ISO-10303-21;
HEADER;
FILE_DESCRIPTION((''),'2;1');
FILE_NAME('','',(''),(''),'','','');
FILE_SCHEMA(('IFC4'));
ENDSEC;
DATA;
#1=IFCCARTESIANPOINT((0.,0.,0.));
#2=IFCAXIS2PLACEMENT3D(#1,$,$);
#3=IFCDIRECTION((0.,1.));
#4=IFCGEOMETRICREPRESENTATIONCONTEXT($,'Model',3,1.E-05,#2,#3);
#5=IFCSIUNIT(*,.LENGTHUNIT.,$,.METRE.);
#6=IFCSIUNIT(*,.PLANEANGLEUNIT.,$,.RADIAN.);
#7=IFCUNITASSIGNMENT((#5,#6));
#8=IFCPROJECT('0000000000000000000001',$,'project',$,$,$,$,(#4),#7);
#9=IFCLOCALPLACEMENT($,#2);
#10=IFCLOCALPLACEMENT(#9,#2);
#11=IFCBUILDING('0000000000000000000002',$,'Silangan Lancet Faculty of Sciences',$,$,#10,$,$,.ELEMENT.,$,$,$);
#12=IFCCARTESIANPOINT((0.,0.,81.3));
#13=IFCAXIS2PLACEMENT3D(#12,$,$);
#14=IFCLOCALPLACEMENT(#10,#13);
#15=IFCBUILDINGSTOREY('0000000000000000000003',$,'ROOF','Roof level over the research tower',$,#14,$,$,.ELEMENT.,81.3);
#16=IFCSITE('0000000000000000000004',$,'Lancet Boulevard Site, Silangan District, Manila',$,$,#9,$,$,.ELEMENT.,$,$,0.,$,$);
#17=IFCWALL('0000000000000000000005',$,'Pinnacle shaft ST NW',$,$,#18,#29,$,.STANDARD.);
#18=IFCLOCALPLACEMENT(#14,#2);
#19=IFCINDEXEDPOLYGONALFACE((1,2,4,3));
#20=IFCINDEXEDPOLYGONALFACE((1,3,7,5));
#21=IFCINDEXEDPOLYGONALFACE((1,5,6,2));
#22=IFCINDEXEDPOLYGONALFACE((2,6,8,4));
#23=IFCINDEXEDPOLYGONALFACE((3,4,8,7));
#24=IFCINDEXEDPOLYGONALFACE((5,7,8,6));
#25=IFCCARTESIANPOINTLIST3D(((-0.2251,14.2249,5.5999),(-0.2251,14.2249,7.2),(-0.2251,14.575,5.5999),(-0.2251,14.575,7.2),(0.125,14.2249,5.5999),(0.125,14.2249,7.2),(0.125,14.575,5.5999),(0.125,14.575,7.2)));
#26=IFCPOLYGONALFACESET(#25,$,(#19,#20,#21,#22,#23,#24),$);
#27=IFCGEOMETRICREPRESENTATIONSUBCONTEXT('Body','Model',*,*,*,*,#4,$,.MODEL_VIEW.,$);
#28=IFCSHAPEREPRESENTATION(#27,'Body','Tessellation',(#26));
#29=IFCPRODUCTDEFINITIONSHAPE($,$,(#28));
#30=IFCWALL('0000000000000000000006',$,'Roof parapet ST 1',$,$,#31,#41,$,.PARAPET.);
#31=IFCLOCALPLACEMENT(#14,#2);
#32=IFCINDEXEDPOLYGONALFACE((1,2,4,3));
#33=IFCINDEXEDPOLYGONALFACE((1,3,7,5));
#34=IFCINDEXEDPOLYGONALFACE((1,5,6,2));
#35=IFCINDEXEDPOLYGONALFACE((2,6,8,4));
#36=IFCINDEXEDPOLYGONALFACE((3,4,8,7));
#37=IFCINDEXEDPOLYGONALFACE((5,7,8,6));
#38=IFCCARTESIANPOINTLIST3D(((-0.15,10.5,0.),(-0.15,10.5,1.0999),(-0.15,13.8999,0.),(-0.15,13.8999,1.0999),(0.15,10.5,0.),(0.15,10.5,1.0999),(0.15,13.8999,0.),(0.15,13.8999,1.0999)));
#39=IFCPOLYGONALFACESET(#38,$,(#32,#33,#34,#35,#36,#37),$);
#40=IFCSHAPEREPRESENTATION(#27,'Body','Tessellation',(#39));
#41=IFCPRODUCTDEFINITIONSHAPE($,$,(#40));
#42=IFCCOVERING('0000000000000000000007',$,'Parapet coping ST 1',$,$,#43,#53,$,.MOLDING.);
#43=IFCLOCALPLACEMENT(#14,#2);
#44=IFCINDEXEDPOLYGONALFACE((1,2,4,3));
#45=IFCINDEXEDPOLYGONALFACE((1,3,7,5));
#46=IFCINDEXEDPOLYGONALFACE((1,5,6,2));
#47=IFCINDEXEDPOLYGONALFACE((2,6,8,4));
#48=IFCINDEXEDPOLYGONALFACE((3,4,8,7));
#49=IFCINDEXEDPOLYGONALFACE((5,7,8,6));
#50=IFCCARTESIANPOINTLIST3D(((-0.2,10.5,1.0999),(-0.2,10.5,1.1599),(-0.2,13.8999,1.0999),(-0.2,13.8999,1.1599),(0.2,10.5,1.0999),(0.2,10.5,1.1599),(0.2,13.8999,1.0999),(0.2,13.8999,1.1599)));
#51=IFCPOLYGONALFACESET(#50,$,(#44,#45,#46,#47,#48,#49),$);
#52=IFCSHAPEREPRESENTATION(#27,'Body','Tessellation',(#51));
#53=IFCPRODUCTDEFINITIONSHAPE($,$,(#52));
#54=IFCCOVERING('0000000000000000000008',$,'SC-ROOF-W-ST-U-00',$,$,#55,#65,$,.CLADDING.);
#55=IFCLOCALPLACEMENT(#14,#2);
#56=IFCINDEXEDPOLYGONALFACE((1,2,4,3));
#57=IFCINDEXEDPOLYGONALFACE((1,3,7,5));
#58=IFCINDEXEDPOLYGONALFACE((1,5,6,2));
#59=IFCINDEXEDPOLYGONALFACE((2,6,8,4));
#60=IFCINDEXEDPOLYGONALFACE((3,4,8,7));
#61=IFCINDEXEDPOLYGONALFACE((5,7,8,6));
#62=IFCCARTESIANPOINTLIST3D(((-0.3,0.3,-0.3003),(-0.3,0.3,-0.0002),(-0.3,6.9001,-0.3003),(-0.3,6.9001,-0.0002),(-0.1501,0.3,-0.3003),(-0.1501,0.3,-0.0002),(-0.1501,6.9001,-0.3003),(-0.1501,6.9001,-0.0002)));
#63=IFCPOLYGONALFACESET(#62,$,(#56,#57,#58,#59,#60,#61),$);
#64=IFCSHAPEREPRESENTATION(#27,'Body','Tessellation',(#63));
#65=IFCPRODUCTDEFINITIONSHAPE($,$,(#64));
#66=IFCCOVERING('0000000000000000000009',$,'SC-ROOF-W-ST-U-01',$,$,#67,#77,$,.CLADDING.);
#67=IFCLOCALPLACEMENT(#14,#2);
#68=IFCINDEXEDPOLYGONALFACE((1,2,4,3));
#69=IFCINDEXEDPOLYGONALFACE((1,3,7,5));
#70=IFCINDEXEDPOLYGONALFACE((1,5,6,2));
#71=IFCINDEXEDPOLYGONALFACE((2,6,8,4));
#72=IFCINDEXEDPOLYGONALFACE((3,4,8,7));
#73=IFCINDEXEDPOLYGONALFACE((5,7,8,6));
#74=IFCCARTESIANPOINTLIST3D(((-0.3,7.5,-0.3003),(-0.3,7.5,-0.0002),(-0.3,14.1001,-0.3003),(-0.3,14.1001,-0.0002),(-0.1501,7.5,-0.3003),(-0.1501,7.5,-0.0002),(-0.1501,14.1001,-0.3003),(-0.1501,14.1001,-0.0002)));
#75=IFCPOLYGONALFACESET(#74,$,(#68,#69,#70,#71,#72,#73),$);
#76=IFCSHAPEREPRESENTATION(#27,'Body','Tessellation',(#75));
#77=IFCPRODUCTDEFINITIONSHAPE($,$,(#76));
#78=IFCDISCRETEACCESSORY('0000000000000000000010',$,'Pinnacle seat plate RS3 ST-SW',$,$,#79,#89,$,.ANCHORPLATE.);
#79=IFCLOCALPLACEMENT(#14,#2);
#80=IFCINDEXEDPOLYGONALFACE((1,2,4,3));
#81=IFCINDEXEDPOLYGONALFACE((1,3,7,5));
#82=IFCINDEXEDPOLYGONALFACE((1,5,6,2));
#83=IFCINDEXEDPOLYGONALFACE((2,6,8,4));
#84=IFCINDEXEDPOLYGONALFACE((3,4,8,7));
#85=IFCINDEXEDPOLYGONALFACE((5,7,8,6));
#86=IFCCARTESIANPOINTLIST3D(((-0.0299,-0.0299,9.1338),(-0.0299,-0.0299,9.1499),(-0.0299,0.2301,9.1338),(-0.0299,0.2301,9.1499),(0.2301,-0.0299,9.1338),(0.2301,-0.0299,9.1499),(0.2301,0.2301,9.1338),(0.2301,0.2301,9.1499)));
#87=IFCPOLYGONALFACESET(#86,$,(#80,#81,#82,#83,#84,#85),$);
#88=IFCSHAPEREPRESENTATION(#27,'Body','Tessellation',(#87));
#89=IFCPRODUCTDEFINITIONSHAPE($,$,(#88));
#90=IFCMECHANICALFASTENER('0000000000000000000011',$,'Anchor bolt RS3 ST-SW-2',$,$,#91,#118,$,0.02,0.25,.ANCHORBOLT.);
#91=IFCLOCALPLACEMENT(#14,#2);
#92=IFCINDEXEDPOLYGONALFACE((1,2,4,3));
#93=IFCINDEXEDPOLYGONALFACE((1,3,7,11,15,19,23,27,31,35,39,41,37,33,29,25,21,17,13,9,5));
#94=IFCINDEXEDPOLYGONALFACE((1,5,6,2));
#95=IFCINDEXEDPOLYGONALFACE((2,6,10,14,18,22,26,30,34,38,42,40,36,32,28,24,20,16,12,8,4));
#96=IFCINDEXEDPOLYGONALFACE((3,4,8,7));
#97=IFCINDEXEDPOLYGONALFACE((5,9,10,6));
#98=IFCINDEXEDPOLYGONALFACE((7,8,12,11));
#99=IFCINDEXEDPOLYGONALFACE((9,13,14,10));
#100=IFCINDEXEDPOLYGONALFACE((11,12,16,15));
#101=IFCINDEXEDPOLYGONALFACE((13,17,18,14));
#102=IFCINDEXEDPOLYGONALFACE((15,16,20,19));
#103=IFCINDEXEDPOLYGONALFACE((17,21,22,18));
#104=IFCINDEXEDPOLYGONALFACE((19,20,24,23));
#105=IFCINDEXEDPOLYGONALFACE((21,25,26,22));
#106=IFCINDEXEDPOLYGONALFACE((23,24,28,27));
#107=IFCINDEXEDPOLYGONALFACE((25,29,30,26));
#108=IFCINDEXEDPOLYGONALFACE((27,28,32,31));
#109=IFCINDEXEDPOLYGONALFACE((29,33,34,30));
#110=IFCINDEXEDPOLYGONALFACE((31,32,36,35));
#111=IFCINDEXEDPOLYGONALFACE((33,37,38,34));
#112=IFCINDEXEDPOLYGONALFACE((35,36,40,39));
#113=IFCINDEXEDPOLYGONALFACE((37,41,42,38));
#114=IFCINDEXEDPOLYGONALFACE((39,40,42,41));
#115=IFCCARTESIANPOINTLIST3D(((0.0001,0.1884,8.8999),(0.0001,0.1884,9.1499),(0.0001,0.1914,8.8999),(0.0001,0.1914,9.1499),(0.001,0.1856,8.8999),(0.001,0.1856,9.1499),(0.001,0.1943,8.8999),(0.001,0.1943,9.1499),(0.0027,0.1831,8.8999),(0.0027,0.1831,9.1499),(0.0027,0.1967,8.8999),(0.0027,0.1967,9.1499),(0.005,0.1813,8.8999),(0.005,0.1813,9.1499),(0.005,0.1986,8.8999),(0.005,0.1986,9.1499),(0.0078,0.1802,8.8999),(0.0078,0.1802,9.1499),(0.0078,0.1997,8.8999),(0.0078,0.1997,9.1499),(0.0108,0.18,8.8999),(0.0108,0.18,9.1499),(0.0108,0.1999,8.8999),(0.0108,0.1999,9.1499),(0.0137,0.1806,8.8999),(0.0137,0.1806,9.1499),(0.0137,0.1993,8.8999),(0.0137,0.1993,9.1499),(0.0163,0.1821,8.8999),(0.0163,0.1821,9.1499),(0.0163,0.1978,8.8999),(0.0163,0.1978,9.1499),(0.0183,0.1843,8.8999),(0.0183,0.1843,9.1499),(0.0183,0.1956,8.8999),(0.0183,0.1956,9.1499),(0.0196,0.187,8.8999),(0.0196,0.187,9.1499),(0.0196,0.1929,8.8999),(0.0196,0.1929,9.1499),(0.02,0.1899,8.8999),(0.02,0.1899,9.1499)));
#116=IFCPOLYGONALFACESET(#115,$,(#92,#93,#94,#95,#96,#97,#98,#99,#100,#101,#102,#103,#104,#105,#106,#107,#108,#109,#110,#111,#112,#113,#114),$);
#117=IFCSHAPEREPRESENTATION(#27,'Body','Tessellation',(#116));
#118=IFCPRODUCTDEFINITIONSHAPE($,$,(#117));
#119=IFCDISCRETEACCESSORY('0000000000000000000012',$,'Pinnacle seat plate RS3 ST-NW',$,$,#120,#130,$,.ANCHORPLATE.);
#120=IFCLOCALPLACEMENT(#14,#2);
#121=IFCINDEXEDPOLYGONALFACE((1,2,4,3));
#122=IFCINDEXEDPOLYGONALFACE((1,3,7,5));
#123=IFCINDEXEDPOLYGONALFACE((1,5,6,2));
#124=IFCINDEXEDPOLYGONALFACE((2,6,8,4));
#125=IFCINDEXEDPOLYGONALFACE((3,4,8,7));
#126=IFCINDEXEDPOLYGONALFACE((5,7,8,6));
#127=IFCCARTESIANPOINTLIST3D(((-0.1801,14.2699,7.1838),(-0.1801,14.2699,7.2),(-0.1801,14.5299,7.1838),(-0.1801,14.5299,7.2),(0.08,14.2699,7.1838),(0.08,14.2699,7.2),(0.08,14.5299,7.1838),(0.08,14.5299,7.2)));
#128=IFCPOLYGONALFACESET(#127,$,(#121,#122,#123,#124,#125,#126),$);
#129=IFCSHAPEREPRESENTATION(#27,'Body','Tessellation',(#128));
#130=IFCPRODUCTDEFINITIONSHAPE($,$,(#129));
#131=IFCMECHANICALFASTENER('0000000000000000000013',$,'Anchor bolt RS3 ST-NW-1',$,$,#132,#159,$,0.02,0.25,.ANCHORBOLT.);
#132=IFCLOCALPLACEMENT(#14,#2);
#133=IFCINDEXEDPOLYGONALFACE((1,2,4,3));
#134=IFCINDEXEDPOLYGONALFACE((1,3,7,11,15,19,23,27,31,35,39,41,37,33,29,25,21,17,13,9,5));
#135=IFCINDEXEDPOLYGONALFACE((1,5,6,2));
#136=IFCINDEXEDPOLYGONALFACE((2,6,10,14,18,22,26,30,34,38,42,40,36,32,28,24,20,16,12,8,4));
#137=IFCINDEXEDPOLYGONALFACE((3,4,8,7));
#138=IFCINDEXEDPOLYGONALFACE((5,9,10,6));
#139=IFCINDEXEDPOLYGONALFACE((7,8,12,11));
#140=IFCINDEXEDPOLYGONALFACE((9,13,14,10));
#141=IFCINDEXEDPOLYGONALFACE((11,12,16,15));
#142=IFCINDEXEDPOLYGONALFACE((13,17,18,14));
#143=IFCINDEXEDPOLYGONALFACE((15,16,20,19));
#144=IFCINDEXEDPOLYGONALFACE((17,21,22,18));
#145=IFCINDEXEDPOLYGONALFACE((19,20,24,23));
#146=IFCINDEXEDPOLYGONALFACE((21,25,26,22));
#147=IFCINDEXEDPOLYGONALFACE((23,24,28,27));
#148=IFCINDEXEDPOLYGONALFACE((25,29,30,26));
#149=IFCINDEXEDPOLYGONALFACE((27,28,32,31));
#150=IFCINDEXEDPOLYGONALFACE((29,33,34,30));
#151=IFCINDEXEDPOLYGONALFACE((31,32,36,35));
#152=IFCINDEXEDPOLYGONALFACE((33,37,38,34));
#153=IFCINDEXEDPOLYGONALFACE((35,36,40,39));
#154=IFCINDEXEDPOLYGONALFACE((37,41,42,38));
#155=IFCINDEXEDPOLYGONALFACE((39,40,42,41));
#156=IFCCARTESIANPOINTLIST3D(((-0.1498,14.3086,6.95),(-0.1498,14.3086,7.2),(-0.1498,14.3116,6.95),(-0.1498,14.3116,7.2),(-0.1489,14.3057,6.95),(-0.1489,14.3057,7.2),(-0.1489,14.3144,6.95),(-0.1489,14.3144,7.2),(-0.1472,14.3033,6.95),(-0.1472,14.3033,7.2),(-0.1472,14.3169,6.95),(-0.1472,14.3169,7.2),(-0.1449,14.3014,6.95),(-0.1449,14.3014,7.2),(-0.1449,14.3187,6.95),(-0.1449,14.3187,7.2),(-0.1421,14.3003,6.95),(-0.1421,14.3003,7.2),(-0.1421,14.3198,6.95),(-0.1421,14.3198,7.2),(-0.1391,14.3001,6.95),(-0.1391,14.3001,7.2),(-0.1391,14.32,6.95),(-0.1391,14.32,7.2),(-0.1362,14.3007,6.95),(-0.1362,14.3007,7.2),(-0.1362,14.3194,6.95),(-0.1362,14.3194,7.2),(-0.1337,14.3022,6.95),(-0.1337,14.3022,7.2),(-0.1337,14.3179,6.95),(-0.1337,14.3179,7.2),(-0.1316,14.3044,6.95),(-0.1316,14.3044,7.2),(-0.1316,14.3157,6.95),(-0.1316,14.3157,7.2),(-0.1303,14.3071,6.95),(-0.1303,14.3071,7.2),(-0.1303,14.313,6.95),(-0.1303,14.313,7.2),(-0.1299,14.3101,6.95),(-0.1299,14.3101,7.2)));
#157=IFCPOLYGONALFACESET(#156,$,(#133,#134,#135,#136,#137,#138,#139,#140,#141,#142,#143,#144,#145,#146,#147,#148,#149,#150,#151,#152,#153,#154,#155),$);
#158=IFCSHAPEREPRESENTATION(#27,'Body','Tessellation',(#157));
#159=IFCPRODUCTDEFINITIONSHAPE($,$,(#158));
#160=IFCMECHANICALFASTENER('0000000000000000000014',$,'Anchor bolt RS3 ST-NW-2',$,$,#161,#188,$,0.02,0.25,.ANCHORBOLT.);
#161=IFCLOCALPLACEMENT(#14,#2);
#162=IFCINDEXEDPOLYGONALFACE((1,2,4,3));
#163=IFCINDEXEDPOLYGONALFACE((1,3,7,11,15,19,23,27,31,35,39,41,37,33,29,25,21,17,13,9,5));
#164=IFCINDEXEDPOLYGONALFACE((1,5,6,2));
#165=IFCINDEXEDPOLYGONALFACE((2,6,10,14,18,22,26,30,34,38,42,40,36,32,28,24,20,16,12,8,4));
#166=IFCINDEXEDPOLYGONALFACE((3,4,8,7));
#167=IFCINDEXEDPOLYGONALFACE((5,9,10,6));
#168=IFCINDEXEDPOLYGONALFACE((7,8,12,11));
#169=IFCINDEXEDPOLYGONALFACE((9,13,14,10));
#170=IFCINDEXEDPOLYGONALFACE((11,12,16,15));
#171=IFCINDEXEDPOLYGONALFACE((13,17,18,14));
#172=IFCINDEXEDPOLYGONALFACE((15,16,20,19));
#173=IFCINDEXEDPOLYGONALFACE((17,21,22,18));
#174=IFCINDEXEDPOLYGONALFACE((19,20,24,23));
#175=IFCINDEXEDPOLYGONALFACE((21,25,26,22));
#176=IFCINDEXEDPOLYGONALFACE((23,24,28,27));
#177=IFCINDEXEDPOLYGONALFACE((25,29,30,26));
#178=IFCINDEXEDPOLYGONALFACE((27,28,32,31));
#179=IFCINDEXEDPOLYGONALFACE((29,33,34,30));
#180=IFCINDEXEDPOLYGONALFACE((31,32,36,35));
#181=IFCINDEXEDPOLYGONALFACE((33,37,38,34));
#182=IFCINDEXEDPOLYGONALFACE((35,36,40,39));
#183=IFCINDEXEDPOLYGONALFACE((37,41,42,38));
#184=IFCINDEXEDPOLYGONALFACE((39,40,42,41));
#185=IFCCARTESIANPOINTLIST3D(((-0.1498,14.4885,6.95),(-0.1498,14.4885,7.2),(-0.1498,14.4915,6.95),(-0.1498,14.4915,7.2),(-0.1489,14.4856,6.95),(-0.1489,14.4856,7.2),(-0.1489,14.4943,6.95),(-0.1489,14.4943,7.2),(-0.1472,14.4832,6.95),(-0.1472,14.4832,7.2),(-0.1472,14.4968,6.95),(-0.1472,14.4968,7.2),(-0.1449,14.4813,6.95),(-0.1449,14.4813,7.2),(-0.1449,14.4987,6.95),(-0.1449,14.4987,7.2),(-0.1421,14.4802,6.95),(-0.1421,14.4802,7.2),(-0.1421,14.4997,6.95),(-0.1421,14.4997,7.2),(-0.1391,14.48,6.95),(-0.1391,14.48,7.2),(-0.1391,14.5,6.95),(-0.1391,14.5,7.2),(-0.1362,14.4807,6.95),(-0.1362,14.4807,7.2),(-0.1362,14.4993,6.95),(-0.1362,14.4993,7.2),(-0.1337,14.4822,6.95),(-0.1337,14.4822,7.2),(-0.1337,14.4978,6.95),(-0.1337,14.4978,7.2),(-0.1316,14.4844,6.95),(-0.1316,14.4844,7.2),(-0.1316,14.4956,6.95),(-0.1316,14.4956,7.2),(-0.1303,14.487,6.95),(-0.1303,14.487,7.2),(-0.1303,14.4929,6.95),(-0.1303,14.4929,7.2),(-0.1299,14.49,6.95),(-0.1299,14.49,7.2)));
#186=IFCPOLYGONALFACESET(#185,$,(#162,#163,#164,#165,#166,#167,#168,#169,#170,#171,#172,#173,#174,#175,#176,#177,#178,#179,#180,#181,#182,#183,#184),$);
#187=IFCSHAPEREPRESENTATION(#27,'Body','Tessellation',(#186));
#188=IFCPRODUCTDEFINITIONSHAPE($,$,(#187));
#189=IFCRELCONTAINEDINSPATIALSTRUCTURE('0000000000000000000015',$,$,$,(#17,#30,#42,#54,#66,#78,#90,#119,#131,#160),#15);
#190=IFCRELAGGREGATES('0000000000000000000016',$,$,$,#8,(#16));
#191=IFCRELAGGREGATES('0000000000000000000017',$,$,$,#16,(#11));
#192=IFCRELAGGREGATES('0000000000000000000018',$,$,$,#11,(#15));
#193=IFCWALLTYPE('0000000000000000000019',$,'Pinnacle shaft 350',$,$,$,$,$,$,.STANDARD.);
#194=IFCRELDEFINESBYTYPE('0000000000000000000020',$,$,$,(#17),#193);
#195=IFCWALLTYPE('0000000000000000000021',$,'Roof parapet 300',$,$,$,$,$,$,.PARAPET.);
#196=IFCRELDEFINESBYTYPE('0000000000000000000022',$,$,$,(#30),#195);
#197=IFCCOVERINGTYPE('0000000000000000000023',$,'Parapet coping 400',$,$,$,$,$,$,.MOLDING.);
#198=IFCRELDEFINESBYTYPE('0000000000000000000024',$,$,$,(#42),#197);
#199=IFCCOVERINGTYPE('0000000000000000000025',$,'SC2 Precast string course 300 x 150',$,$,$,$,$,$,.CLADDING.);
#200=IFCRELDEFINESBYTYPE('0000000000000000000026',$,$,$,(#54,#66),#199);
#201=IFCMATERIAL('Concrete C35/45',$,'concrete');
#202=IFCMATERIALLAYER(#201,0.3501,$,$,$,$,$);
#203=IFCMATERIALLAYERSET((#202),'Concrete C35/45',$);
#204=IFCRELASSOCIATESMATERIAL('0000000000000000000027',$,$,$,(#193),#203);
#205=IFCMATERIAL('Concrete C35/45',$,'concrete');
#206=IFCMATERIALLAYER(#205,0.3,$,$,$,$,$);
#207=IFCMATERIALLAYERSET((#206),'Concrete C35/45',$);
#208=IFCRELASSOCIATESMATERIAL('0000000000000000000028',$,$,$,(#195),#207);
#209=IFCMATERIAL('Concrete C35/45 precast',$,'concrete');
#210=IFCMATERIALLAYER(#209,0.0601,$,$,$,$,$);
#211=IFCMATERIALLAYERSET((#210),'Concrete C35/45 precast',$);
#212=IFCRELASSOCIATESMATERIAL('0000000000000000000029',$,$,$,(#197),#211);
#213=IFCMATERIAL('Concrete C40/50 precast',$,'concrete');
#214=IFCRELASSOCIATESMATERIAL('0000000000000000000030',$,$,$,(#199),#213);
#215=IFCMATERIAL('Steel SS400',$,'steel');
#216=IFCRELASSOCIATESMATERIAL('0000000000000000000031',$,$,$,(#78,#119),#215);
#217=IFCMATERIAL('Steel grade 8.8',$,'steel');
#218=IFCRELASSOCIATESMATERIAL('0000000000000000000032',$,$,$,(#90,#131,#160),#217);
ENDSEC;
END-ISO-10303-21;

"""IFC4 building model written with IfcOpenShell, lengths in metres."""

from ifc_helpers import new_model, si_unit, direction, frame, frame_2d, origin, origin_2d, place, context, subcontext, project, spatial, rectangle, circle, extrude, material, layer, layer_set, type_object, element, save


model = new_model("IFC4")

# Units and contexts
model_context = context("Model", 3, precision=1e-05, world=origin(), true_north=direction((0.0, 1.0)))
body_context = subcontext(model_context, "Body", "Model", "MODEL_VIEW")
ifc_project = project(units=[si_unit("LENGTHUNIT", "METRE"), si_unit("PLANEANGLEUNIT", "RADIAN")], contexts=[model_context])

# Site, building, storey
site_placement = place(None, origin())
site = spatial("IfcSite", under=ifc_project, at=site_placement, Name="Lancet Boulevard Site, Silangan District, Manila", CompositionType="ELEMENT", RefElevation=0.0)
building_placement = place(site_placement, origin())
building = spatial("IfcBuilding", under=site, at=building_placement, Name="Silangan Lancet Faculty of Sciences", CompositionType="ELEMENT")
storey_placement = place(building_placement, frame((0.0, 0.0, 81.3)))
storey = spatial("IfcBuildingStorey", under=building, at=storey_placement, Name="ROOF", Description="Roof level over the research tower", CompositionType="ELEMENT", Elevation=81.3)

# Walls
ifc_material_1 = material(Name="Concrete C35/45", Category="concrete")
ifc_layer_1 = layer(ifc_material_1, 0.3501)
ifc_layer_set_1 = layer_set([ifc_layer_1], Name="Concrete C35/45")
wall_type_1 = type_object("IfcWallType", Name="Pinnacle shaft 350", PredefinedType="STANDARD", material=ifc_layer_set_1)
wall_1_placement = place(storey_placement, frame((-0.05, 14.2249, 5.5999), z_axis=(0.0, 0.0, 1.0), x_axis=(0.0, 1.0, 0.0)))
element("IfcWall", 1, at=wall_1_placement, inside=storey, type_object=wall_type_1, Name="Pinnacle shaft ST NW", PredefinedType="STANDARD", context=body_context, shape_type="SweptSolid", body=[
    extrude(rectangle(XDim=0.3501, YDim=0.3501, at=frame_2d((0.175, 0.0))), origin(), (0.0, 0.0, 1.0), 1.6001),
])
ifc_material_2 = material(Name="Concrete C35/45", Category="concrete")
ifc_layer_2 = layer(ifc_material_2, 0.3)
ifc_layer_set_2 = layer_set([ifc_layer_2], Name="Concrete C35/45")
wall_type_2 = type_object("IfcWallType", Name="Roof parapet 300", PredefinedType="PARAPET", material=ifc_layer_set_2)
wall_2_placement = place(storey_placement, frame((0.0, 10.5, 0.0), z_axis=(0.0, 0.0, 1.0), x_axis=(0.0, 1.0, 0.0)))
element("IfcWall", 2, at=wall_2_placement, inside=storey, type_object=wall_type_2, Name="Roof parapet ST 1", PredefinedType="PARAPET", context=body_context, shape_type="SweptSolid", body=[
    extrude(rectangle(XDim=3.3999, YDim=0.3, at=frame_2d((1.7, 0.0))), origin(), (0.0, 0.0, 1.0), 1.0999),
])

# Coverings
ifc_material_3 = material(Name="Concrete C35/45 precast", Category="concrete")
ifc_layer_3 = layer(ifc_material_3, 0.0601)
ifc_layer_set_3 = layer_set([ifc_layer_3], Name="Concrete C35/45 precast")
covering_type_1 = type_object("IfcCoveringType", Name="Parapet coping 400", PredefinedType="MOLDING", material=ifc_layer_set_3)
covering_placement = place(storey_placement, frame((0.0, 12.2, 1.0999), z_axis=(0.0, 0.0, 1.0), x_axis=(1.0, 0.0, 0.0)))
element("IfcCovering", 3, at=covering_placement, inside=storey, type_object=covering_type_1, Name="Parapet coping ST 1", PredefinedType="MOLDING", context=body_context, shape_type="SweptSolid", body=[
    extrude(rectangle(XDim=0.3999, YDim=3.3999, at=origin_2d()), origin(), (0.0, 0.0, 1.0), 0.0601),
])
ifc_material_4 = material(Name="Concrete C40/50 precast", Category="concrete")
covering_type_2 = type_object("IfcCoveringType", Name="SC2 Precast string course 300 x 150", PredefinedType="CLADDING", material=ifc_material_4)
for number, where, z_axis, x_axis, name in (
    (4, (-0.2251, 3.6001, -0.3003), (0.0, 0.0, 1.0), (1.0, 0.0, 0.0), "SC-ROOF-W-ST-U-00"),
    (5, (-0.2251, 10.8, -0.3003), (0.0, 0.0, 1.0), (1.0, 0.0, 0.0), "SC-ROOF-W-ST-U-01"),
):
    element("IfcCovering", number, at=place(storey_placement, frame(where, z_axis=z_axis, x_axis=x_axis)), inside=storey, type_object=covering_type_2, Name=name, PredefinedType="CLADDING", context=body_context, shape_type="SweptSolid", body=[
        extrude(rectangle(XDim=0.1499, YDim=6.6001, at=origin_2d()), origin(), (0.0, 0.0, 1.0), 0.3),
    ])

# Discrete accessory
ifc_material_5 = material(Name="Steel SS400", Category="steel")
discrete_accessory_1_placement = place(storey_placement, frame((0.1001, 0.1001, 9.1338), z_axis=(0.0, 0.0, 1.0), x_axis=(1.0, 0.0, 0.0)))
element("IfcDiscreteAccessory", 6, at=discrete_accessory_1_placement, inside=storey, material=ifc_material_5, Name="Pinnacle seat plate RS3 ST-SW", PredefinedType="ANCHORPLATE", context=body_context, shape_type="SweptSolid", body=[
    extrude(rectangle(XDim=0.26, YDim=0.26, at=origin_2d()), origin(), (0.0, 0.0, 1.0), 0.0161),
])

# Mechanical fastener
ifc_material_6 = material(Name="Steel grade 8.8", Category="steel")
mechanical_fastener_placement = place(storey_placement, frame((0.01, 0.1899, 8.8999), z_axis=(0.0, 0.0, 1.0), x_axis=(1.0, 0.0, 0.0)))
element("IfcMechanicalFastener", 7, at=mechanical_fastener_placement, inside=storey, material=ifc_material_6, Name="Anchor bolt RS3 ST-SW-2", NominalDiameter=0.02, NominalLength=0.25, PredefinedType="ANCHORBOLT", context=body_context, shape_type="SweptSolid", body=[
    extrude(circle(Radius=0.01, at=origin_2d()), origin(), (0.0, 0.0, 1.0), 0.25),
])

# Discrete accessory
discrete_accessory_2_placement = place(storey_placement, frame((-0.05, 14.3999, 7.1838), z_axis=(0.0, 0.0, 1.0), x_axis=(1.0, 0.0, 0.0)))
element("IfcDiscreteAccessory", 8, at=discrete_accessory_2_placement, inside=storey, material=ifc_material_5, Name="Pinnacle seat plate RS3 ST-NW", PredefinedType="ANCHORPLATE", context=body_context, shape_type="SweptSolid", body=[
    extrude(rectangle(XDim=0.26, YDim=0.26, at=origin_2d()), origin(), (0.0, 0.0, 1.0), 0.0161),
])

# Mechanical fasteners
for number, where, z_axis, x_axis, name in (
    (9, (-0.1399, 14.3101, 6.95), (0.0, 0.0, 1.0), (1.0, 0.0, 0.0), "Anchor bolt RS3 ST-NW-1"),
    (10, (-0.1399, 14.49, 6.95), (0.0, 0.0, 1.0), (1.0, 0.0, 0.0), "Anchor bolt RS3 ST-NW-2"),
):
    element("IfcMechanicalFastener", number, at=place(storey_placement, frame(where, z_axis=z_axis, x_axis=x_axis)), inside=storey, material=ifc_material_6, Name=name, NominalDiameter=0.02, NominalLength=0.25, PredefinedType="ANCHORBOLT", context=body_context, shape_type="SweptSolid", body=[
        extrude(circle(Radius=0.01, at=origin_2d()), origin(), (0.0, 0.0, 1.0), 0.25),
    ])

save(model, "model.ifc")
